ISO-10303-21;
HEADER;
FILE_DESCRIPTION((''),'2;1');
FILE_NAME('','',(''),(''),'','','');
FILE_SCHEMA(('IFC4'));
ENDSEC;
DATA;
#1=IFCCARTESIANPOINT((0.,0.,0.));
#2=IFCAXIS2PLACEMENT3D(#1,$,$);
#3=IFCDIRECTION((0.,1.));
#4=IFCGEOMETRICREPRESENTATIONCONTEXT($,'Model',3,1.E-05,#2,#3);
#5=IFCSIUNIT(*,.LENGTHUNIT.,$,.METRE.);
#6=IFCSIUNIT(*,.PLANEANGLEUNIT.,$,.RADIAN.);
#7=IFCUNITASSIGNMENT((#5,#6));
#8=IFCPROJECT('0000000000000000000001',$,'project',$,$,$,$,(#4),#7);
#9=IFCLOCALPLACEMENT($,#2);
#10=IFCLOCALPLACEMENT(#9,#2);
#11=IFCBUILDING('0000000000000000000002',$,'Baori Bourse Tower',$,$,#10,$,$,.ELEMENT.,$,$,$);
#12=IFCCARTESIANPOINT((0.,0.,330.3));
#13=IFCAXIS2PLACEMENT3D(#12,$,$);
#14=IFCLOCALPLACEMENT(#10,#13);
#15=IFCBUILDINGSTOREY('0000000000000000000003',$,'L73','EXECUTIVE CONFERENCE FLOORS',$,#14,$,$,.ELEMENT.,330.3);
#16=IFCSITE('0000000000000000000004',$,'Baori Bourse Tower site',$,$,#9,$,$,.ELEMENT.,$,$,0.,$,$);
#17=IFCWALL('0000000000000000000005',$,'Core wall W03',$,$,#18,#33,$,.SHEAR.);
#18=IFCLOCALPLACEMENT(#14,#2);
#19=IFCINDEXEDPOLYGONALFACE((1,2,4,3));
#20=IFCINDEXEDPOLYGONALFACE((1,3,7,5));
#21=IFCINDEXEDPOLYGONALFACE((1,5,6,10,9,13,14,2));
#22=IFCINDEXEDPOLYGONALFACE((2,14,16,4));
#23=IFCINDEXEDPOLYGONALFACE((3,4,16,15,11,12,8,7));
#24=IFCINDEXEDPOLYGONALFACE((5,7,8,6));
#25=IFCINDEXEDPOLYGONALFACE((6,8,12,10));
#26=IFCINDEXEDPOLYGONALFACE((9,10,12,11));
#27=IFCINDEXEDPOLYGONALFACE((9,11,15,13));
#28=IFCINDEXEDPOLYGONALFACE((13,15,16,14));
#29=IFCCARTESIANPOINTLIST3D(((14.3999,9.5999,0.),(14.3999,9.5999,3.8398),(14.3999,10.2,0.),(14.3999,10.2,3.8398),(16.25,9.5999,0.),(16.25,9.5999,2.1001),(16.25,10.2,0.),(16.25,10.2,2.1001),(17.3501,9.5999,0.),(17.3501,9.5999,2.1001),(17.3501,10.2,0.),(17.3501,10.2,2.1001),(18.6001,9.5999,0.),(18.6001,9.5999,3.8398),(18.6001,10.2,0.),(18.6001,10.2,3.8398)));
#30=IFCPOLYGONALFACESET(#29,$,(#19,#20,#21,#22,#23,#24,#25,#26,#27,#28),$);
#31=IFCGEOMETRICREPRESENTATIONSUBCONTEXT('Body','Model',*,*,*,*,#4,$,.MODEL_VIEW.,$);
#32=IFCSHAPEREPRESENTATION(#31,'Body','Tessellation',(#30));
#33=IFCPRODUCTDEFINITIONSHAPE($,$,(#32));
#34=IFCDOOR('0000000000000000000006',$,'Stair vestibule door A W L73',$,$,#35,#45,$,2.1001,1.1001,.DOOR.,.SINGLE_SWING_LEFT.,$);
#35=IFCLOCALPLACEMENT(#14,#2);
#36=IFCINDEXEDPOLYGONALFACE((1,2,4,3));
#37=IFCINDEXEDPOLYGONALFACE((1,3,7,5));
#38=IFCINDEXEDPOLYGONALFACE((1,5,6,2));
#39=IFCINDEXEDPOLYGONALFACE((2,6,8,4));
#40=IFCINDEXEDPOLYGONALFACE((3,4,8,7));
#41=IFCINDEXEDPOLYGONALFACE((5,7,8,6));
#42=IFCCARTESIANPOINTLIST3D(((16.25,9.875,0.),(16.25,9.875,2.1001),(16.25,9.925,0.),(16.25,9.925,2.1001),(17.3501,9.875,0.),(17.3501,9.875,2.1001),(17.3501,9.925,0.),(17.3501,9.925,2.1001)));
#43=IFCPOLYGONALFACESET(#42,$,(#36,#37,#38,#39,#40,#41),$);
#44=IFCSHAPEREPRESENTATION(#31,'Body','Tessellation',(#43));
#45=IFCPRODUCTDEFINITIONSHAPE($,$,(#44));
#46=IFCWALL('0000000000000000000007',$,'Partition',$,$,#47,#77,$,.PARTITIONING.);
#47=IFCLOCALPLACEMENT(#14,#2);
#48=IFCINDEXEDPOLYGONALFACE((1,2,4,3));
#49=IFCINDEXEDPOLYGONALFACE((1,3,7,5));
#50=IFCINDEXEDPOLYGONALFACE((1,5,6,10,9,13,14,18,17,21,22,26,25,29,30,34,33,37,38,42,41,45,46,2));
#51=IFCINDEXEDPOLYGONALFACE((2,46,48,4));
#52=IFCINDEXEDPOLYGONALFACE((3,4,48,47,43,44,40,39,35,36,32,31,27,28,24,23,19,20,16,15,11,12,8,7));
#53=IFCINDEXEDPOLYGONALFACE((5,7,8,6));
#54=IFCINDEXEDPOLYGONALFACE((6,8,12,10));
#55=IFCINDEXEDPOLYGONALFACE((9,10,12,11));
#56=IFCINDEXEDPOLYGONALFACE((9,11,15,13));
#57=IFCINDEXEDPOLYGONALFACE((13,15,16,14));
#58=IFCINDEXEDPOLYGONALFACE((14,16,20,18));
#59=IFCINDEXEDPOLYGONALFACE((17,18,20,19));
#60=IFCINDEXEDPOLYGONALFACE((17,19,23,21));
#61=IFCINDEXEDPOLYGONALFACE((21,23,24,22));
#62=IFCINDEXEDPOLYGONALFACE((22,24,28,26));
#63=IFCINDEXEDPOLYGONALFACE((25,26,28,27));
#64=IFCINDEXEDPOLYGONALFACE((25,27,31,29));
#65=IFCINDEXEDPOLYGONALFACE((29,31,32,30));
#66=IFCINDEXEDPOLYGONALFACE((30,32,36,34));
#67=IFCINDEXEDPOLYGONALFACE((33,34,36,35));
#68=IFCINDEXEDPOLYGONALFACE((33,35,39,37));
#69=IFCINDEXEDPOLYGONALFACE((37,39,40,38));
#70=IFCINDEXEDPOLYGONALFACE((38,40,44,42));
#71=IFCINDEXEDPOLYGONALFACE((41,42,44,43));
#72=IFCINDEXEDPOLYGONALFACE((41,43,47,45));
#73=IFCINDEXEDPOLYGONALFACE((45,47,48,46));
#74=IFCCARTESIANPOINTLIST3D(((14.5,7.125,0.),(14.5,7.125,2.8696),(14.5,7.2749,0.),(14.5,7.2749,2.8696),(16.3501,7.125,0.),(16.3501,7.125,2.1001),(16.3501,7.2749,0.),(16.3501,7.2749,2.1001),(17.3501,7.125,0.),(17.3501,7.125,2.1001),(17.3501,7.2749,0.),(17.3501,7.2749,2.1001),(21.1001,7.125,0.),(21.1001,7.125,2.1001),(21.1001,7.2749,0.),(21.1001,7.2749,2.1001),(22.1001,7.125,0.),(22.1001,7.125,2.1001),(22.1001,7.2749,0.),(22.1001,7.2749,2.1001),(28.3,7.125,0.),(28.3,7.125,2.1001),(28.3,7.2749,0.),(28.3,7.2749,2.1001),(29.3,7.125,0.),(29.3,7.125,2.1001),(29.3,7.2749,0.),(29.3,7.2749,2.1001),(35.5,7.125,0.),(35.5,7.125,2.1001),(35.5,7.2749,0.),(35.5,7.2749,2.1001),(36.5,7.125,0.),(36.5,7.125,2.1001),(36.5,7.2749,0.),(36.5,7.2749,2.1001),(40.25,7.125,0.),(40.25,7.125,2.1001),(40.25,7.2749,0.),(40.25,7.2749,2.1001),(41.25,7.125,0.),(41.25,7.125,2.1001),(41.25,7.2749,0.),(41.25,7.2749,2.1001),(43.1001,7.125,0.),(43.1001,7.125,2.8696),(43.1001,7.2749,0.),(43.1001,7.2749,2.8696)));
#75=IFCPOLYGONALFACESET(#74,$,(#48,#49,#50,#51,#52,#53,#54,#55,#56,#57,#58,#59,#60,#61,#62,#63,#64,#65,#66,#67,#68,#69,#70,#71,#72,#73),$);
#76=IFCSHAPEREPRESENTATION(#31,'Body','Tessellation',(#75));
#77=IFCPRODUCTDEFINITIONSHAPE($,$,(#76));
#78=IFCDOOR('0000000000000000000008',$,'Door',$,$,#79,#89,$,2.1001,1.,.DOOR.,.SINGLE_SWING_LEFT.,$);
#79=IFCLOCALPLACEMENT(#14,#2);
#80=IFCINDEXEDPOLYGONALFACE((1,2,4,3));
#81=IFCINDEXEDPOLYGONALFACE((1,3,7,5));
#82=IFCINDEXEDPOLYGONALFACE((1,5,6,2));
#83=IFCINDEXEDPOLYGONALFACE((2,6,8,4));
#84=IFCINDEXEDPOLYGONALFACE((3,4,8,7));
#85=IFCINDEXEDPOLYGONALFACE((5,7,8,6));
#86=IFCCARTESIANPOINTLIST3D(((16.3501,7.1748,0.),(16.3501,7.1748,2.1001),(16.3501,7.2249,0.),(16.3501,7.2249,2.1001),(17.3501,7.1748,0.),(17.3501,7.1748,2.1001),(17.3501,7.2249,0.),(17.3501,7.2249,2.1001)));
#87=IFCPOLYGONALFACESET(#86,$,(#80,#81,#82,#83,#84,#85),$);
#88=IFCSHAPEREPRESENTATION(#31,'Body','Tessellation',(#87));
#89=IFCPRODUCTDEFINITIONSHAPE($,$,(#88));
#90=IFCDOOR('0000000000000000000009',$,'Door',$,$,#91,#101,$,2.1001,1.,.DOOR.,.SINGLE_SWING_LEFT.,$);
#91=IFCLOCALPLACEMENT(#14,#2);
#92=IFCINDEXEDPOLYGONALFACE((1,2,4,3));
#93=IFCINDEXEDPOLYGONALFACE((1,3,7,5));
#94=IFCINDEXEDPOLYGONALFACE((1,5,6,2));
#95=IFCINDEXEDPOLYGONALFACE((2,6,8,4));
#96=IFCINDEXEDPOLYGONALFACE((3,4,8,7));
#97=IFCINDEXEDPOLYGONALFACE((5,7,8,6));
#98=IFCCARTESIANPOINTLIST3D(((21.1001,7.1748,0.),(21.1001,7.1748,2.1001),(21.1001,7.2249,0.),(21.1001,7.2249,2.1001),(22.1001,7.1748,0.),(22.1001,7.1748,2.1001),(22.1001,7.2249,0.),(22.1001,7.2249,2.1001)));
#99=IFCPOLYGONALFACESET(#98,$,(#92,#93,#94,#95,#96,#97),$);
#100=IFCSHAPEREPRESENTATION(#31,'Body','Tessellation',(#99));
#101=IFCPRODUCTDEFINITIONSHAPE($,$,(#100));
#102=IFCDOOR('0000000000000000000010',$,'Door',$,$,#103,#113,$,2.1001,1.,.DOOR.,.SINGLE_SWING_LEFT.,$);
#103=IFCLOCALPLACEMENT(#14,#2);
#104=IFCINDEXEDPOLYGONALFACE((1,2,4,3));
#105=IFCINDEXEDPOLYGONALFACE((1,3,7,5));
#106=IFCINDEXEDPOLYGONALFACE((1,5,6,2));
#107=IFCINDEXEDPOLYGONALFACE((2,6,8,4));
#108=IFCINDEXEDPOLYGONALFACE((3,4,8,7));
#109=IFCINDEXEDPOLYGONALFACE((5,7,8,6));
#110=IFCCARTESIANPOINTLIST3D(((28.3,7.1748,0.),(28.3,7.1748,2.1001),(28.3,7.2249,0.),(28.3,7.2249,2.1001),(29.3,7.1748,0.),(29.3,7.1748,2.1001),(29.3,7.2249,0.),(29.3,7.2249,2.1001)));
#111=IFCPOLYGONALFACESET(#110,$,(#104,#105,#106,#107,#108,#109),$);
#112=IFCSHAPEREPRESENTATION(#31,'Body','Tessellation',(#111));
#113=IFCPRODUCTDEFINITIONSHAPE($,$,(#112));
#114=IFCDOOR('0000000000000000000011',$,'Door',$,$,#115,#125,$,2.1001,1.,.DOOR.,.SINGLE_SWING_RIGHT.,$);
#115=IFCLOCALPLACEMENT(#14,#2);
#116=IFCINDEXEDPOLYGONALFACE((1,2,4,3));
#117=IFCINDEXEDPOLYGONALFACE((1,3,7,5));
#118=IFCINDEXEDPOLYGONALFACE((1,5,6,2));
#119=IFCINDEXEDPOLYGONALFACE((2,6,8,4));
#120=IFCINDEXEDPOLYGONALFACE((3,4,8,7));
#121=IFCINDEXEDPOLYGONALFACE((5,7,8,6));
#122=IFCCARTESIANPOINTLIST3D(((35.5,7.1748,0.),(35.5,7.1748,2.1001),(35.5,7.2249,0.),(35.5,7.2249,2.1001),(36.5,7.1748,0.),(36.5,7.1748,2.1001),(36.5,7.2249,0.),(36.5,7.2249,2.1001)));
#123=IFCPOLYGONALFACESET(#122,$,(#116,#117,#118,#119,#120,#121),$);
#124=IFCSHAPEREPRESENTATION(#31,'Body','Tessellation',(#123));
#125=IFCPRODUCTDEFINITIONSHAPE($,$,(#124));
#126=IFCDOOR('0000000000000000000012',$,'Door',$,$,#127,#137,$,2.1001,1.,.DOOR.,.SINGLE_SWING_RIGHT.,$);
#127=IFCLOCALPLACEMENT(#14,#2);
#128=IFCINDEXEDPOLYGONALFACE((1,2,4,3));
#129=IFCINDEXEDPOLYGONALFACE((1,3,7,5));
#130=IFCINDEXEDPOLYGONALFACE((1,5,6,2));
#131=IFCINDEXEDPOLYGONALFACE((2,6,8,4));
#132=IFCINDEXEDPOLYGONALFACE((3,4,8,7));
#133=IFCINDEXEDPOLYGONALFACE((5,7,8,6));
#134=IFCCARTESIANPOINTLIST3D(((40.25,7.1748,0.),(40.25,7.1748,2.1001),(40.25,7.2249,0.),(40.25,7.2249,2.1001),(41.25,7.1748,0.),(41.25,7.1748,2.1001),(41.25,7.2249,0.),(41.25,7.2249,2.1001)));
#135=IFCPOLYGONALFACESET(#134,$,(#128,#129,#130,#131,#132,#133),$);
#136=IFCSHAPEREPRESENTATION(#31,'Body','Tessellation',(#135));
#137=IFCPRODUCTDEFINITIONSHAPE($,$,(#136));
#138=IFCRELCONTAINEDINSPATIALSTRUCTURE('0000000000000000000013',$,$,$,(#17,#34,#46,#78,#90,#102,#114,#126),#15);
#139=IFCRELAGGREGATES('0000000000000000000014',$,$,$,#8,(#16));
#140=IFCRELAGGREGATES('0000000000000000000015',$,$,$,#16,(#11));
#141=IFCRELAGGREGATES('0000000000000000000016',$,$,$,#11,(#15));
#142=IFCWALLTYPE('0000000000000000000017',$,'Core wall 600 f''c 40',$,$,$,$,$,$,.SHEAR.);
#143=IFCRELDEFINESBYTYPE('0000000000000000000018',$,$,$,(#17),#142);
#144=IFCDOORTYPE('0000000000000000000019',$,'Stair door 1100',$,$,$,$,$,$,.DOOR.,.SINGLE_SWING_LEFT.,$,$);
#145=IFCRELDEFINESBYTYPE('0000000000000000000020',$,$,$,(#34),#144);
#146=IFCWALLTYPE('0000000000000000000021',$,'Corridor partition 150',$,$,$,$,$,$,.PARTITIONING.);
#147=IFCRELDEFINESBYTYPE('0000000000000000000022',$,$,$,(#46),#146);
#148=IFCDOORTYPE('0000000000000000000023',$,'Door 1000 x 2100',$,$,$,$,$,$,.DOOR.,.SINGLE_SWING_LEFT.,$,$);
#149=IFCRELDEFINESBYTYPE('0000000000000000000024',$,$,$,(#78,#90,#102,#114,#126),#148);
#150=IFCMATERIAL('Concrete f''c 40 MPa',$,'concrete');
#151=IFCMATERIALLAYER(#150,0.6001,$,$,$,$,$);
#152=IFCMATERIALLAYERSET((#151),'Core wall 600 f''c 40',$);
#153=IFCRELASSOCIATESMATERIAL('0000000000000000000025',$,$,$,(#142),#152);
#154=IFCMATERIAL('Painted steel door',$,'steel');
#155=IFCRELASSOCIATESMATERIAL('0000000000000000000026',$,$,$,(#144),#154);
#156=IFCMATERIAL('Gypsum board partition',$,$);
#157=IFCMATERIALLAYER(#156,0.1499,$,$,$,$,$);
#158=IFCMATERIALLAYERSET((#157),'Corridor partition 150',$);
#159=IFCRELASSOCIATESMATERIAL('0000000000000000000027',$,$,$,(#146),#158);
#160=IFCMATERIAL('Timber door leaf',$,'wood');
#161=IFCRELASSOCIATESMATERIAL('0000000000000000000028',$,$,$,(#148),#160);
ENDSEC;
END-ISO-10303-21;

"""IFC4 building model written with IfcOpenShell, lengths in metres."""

from ifc_helpers import new_model, si_unit, direction, frame, frame_2d, origin, place, context, subcontext, project, spatial, rectangle, extrude, material, layer, layer_set, type_object, element, fill, save


model = new_model("IFC4")

# Units and contexts
model_context = context("Model", 3, precision=1e-05, world=origin(), true_north=direction((0.0, 1.0)))
body_context = subcontext(model_context, "Body", "Model", "MODEL_VIEW")
ifc_project = project(units=[si_unit("LENGTHUNIT", "METRE"), si_unit("PLANEANGLEUNIT", "RADIAN")], contexts=[model_context])

# Site, building, storey
site_placement = place(None, origin())
site = spatial("IfcSite", under=ifc_project, at=site_placement, Name="Baori Bourse Tower site", CompositionType="ELEMENT", RefElevation=0.0)
building_placement = place(site_placement, origin())
building = spatial("IfcBuilding", under=site, at=building_placement, Name="Baori Bourse Tower", CompositionType="ELEMENT")
storey_placement = place(building_placement, frame((0.0, 0.0, 330.3)))
storey = spatial("IfcBuildingStorey", under=building, at=storey_placement, Name="L73", Description="EXECUTIVE CONFERENCE FLOORS", CompositionType="ELEMENT", Elevation=330.3)

# Shared definitions
ifc_material_1 = material(Name="Concrete f'c 40 MPa", Category="concrete")
ifc_layer_1 = layer(ifc_material_1, 0.6001)
ifc_layer_set_1 = layer_set([ifc_layer_1], Name="Core wall 600 f'c 40")
wall_type_1 = type_object("IfcWallType", Name="Core wall 600 f'c 40", PredefinedType="SHEAR", material=ifc_layer_set_1)

# Wall, opening, door
wall_1_placement = place(storey_placement, frame((18.6001, 9.8999, 0.0), z_axis=(0.0, 0.0, 1.0), x_axis=(-1.0, 0.0, 0.0)))
wall_1 = element("IfcWall", 1, at=wall_1_placement, inside=storey, type_object=wall_type_1, Name="Core wall W03", PredefinedType="SHEAR", context=body_context, shape_type="SweptSolid", body=[
    extrude(rectangle(XDim=4.2002, YDim=0.6001, at=frame_2d((2.1001, 0.0))), origin(), (0.0, 0.0, 1.0), 3.8398),
])
opening_1_placement = place(wall_1_placement, frame((1.25, 0.0, 0.0)))
opening_1 = element("IfcOpeningElement", 2, at=opening_1_placement, cuts=wall_1, PredefinedType="OPENING", context=body_context, shape_type="SweptSolid", body=[
    extrude(rectangle(XDim=1.1001, YDim=2.1001, at=frame_2d((0.55, 1.05))), frame((0.0, 0.3101, 0.0), z_axis=(0.0, -1.0, 0.0), x_axis=(1.0, 0.0, 0.0)), (0.0, 0.0, 1.0), 0.6201),
])
ifc_material_2 = material(Name="Painted steel door", Category="steel")
door_type_1 = type_object("IfcDoorType", Name="Stair door 1100", OperationType="SINGLE_SWING_LEFT", PredefinedType="DOOR", material=ifc_material_2)
door_1_placement = place(opening_1_placement, origin())
door_1 = element("IfcDoor", 3, at=door_1_placement, inside=storey, type_object=door_type_1, Name="Stair vestibule door A W L73", OperationType="SINGLE_SWING_LEFT", OverallHeight=2.1001, OverallWidth=1.1001, PredefinedType="DOOR", context=body_context, shape_type="SweptSolid", body=[
    extrude(rectangle(XDim=1.1001, YDim=2.1001, at=frame_2d((0.55, 1.05))), frame((0.0, 0.0249, 0.0), z_axis=(0.0, -1.0, 0.0), x_axis=(1.0, 0.0, 0.0)), (0.0, 0.0, 1.0), 0.05),
])
fill(opening_1, door_1)

# Wall, openings, doors
ifc_material_3 = material(Name="Gypsum board partition")
ifc_layer_2 = layer(ifc_material_3, 0.1499)
ifc_layer_set_2 = layer_set([ifc_layer_2], Name="Corridor partition 150")
wall_type_2 = type_object("IfcWallType", Name="Corridor partition 150", PredefinedType="PARTITIONING", material=ifc_layer_set_2)
wall_2_placement = place(storey_placement, frame((14.5, 7.2, 0.0), z_axis=(0.0, 0.0, 1.0), x_axis=(1.0, 0.0, 0.0)))
wall_2 = element("IfcWall", 4, at=wall_2_placement, inside=storey, type_object=wall_type_2, Name="Partition", PredefinedType="PARTITIONING", context=body_context, shape_type="SweptSolid", body=[
    extrude(rectangle(XDim=28.6001, YDim=0.1499, at=frame_2d((14.3, 0.0))), origin(), (0.0, 0.0, 1.0), 2.8696),
])
opening_2_placement = place(wall_2_placement, frame((1.8501, 0.0, 0.0)))
opening_2 = element("IfcOpeningElement", 5, at=opening_2_placement, cuts=wall_2, PredefinedType="OPENING", context=body_context, shape_type="SweptSolid", body=[
    extrude(rectangle(XDim=1.0, YDim=2.1001, at=frame_2d((0.5, 1.05))), frame((0.0, 0.085, 0.0), z_axis=(0.0, -1.0, 0.0), x_axis=(1.0, 0.0, 0.0)), (0.0, 0.0, 1.0), 0.1699),
])
opening_3_placement = place(wall_2_placement, frame((6.6001, 0.0, 0.0)))
opening_3 = element("IfcOpeningElement", 6, at=opening_3_placement, cuts=wall_2, PredefinedType="OPENING", context=body_context, shape_type="SweptSolid", body=[
    extrude(rectangle(XDim=1.0, YDim=2.1001, at=frame_2d((0.5, 1.05))), frame((0.0, 0.085, 0.0), z_axis=(0.0, -1.0, 0.0), x_axis=(1.0, 0.0, 0.0)), (0.0, 0.0, 1.0), 0.1699),
])
opening_4_placement = place(wall_2_placement, frame((13.8, 0.0, 0.0)))
opening_4 = element("IfcOpeningElement", 7, at=opening_4_placement, cuts=wall_2, PredefinedType="OPENING", context=body_context, shape_type="SweptSolid", body=[
    extrude(rectangle(XDim=1.0, YDim=2.1001, at=frame_2d((0.5, 1.05))), frame((0.0, 0.085, 0.0), z_axis=(0.0, -1.0, 0.0), x_axis=(1.0, 0.0, 0.0)), (0.0, 0.0, 1.0), 0.1699),
])
opening_5_placement = place(wall_2_placement, frame((21.0, 0.0, 0.0)))
opening_5 = element("IfcOpeningElement", 8, at=opening_5_placement, cuts=wall_2, PredefinedType="OPENING", context=body_context, shape_type="SweptSolid", body=[
    extrude(rectangle(XDim=1.0, YDim=2.1001, at=frame_2d((0.5, 1.05))), frame((0.0, 0.085, 0.0), z_axis=(0.0, -1.0, 0.0), x_axis=(1.0, 0.0, 0.0)), (0.0, 0.0, 1.0), 0.1699),
])
opening_6_placement = place(wall_2_placement, frame((25.75, 0.0, 0.0)))
opening_6 = element("IfcOpeningElement", 9, at=opening_6_placement, cuts=wall_2, PredefinedType="OPENING", context=body_context, shape_type="SweptSolid", body=[
    extrude(rectangle(XDim=1.0, YDim=2.1001, at=frame_2d((0.5, 1.05))), frame((0.0, 0.085, 0.0), z_axis=(0.0, -1.0, 0.0), x_axis=(1.0, 0.0, 0.0)), (0.0, 0.0, 1.0), 0.1699),
])
ifc_material_4 = material(Name="Timber door leaf", Category="wood")
door_type_2 = type_object("IfcDoorType", Name="Door 1000 x 2100", OperationType="SINGLE_SWING_LEFT", PredefinedType="DOOR", material=ifc_material_4)
door_2_placement = place(opening_2_placement, origin())
door_2 = element("IfcDoor", 10, at=door_2_placement, inside=storey, type_object=door_type_2, Name="Door", OperationType="SINGLE_SWING_LEFT", OverallHeight=2.1001, OverallWidth=1.0, PredefinedType="DOOR", context=body_context, shape_type="SweptSolid", body=[
    extrude(rectangle(XDim=1.0, YDim=2.1001, at=frame_2d((0.5, 1.05))), frame((0.0, 0.0249, 0.0), z_axis=(0.0, -1.0, 0.0), x_axis=(1.0, 0.0, 0.0)), (0.0, 0.0, 1.0), 0.05),
])
fill(opening_2, door_2)
door_3_placement = place(opening_3_placement, origin())
door_3 = element("IfcDoor", 11, at=door_3_placement, inside=storey, type_object=door_type_2, Name="Door", OperationType="SINGLE_SWING_LEFT", OverallHeight=2.1001, OverallWidth=1.0, PredefinedType="DOOR", context=body_context, shape_type="SweptSolid", body=[
    extrude(rectangle(XDim=1.0, YDim=2.1001, at=frame_2d((0.5, 1.05))), frame((0.0, 0.0249, 0.0), z_axis=(0.0, -1.0, 0.0), x_axis=(1.0, 0.0, 0.0)), (0.0, 0.0, 1.0), 0.05),
])
fill(opening_3, door_3)
door_4_placement = place(opening_4_placement, origin())
door_4 = element("IfcDoor", 12, at=door_4_placement, inside=storey, type_object=door_type_2, Name="Door", OperationType="SINGLE_SWING_LEFT", OverallHeight=2.1001, OverallWidth=1.0, PredefinedType="DOOR", context=body_context, shape_type="SweptSolid", body=[
    extrude(rectangle(XDim=1.0, YDim=2.1001, at=frame_2d((0.5, 1.05))), frame((0.0, 0.0249, 0.0), z_axis=(0.0, -1.0, 0.0), x_axis=(1.0, 0.0, 0.0)), (0.0, 0.0, 1.0), 0.05),
])
fill(opening_4, door_4)
door_5_placement = place(opening_5_placement, origin())
door_5 = element("IfcDoor", 13, at=door_5_placement, inside=storey, type_object=door_type_2, Name="Door", OperationType="SINGLE_SWING_RIGHT", OverallHeight=2.1001, OverallWidth=1.0, PredefinedType="DOOR", context=body_context, shape_type="SweptSolid", body=[
    extrude(rectangle(XDim=1.0, YDim=2.1001, at=frame_2d((0.5, 1.05))), frame((0.0, 0.0249, 0.0), z_axis=(0.0, -1.0, 0.0), x_axis=(1.0, 0.0, 0.0)), (0.0, 0.0, 1.0), 0.05),
])
fill(opening_5, door_5)
door_6_placement = place(opening_6_placement, origin())
door_6 = element("IfcDoor", 14, at=door_6_placement, inside=storey, type_object=door_type_2, Name="Door", OperationType="SINGLE_SWING_RIGHT", OverallHeight=2.1001, OverallWidth=1.0, PredefinedType="DOOR", context=body_context, shape_type="SweptSolid", body=[
    extrude(rectangle(XDim=1.0, YDim=2.1001, at=frame_2d((0.5, 1.05))), frame((0.0, 0.0249, 0.0), z_axis=(0.0, -1.0, 0.0), x_axis=(1.0, 0.0, 0.0)), (0.0, 0.0, 1.0), 0.05),
])
fill(opening_6, door_6)

save(model, "model.ifc")
